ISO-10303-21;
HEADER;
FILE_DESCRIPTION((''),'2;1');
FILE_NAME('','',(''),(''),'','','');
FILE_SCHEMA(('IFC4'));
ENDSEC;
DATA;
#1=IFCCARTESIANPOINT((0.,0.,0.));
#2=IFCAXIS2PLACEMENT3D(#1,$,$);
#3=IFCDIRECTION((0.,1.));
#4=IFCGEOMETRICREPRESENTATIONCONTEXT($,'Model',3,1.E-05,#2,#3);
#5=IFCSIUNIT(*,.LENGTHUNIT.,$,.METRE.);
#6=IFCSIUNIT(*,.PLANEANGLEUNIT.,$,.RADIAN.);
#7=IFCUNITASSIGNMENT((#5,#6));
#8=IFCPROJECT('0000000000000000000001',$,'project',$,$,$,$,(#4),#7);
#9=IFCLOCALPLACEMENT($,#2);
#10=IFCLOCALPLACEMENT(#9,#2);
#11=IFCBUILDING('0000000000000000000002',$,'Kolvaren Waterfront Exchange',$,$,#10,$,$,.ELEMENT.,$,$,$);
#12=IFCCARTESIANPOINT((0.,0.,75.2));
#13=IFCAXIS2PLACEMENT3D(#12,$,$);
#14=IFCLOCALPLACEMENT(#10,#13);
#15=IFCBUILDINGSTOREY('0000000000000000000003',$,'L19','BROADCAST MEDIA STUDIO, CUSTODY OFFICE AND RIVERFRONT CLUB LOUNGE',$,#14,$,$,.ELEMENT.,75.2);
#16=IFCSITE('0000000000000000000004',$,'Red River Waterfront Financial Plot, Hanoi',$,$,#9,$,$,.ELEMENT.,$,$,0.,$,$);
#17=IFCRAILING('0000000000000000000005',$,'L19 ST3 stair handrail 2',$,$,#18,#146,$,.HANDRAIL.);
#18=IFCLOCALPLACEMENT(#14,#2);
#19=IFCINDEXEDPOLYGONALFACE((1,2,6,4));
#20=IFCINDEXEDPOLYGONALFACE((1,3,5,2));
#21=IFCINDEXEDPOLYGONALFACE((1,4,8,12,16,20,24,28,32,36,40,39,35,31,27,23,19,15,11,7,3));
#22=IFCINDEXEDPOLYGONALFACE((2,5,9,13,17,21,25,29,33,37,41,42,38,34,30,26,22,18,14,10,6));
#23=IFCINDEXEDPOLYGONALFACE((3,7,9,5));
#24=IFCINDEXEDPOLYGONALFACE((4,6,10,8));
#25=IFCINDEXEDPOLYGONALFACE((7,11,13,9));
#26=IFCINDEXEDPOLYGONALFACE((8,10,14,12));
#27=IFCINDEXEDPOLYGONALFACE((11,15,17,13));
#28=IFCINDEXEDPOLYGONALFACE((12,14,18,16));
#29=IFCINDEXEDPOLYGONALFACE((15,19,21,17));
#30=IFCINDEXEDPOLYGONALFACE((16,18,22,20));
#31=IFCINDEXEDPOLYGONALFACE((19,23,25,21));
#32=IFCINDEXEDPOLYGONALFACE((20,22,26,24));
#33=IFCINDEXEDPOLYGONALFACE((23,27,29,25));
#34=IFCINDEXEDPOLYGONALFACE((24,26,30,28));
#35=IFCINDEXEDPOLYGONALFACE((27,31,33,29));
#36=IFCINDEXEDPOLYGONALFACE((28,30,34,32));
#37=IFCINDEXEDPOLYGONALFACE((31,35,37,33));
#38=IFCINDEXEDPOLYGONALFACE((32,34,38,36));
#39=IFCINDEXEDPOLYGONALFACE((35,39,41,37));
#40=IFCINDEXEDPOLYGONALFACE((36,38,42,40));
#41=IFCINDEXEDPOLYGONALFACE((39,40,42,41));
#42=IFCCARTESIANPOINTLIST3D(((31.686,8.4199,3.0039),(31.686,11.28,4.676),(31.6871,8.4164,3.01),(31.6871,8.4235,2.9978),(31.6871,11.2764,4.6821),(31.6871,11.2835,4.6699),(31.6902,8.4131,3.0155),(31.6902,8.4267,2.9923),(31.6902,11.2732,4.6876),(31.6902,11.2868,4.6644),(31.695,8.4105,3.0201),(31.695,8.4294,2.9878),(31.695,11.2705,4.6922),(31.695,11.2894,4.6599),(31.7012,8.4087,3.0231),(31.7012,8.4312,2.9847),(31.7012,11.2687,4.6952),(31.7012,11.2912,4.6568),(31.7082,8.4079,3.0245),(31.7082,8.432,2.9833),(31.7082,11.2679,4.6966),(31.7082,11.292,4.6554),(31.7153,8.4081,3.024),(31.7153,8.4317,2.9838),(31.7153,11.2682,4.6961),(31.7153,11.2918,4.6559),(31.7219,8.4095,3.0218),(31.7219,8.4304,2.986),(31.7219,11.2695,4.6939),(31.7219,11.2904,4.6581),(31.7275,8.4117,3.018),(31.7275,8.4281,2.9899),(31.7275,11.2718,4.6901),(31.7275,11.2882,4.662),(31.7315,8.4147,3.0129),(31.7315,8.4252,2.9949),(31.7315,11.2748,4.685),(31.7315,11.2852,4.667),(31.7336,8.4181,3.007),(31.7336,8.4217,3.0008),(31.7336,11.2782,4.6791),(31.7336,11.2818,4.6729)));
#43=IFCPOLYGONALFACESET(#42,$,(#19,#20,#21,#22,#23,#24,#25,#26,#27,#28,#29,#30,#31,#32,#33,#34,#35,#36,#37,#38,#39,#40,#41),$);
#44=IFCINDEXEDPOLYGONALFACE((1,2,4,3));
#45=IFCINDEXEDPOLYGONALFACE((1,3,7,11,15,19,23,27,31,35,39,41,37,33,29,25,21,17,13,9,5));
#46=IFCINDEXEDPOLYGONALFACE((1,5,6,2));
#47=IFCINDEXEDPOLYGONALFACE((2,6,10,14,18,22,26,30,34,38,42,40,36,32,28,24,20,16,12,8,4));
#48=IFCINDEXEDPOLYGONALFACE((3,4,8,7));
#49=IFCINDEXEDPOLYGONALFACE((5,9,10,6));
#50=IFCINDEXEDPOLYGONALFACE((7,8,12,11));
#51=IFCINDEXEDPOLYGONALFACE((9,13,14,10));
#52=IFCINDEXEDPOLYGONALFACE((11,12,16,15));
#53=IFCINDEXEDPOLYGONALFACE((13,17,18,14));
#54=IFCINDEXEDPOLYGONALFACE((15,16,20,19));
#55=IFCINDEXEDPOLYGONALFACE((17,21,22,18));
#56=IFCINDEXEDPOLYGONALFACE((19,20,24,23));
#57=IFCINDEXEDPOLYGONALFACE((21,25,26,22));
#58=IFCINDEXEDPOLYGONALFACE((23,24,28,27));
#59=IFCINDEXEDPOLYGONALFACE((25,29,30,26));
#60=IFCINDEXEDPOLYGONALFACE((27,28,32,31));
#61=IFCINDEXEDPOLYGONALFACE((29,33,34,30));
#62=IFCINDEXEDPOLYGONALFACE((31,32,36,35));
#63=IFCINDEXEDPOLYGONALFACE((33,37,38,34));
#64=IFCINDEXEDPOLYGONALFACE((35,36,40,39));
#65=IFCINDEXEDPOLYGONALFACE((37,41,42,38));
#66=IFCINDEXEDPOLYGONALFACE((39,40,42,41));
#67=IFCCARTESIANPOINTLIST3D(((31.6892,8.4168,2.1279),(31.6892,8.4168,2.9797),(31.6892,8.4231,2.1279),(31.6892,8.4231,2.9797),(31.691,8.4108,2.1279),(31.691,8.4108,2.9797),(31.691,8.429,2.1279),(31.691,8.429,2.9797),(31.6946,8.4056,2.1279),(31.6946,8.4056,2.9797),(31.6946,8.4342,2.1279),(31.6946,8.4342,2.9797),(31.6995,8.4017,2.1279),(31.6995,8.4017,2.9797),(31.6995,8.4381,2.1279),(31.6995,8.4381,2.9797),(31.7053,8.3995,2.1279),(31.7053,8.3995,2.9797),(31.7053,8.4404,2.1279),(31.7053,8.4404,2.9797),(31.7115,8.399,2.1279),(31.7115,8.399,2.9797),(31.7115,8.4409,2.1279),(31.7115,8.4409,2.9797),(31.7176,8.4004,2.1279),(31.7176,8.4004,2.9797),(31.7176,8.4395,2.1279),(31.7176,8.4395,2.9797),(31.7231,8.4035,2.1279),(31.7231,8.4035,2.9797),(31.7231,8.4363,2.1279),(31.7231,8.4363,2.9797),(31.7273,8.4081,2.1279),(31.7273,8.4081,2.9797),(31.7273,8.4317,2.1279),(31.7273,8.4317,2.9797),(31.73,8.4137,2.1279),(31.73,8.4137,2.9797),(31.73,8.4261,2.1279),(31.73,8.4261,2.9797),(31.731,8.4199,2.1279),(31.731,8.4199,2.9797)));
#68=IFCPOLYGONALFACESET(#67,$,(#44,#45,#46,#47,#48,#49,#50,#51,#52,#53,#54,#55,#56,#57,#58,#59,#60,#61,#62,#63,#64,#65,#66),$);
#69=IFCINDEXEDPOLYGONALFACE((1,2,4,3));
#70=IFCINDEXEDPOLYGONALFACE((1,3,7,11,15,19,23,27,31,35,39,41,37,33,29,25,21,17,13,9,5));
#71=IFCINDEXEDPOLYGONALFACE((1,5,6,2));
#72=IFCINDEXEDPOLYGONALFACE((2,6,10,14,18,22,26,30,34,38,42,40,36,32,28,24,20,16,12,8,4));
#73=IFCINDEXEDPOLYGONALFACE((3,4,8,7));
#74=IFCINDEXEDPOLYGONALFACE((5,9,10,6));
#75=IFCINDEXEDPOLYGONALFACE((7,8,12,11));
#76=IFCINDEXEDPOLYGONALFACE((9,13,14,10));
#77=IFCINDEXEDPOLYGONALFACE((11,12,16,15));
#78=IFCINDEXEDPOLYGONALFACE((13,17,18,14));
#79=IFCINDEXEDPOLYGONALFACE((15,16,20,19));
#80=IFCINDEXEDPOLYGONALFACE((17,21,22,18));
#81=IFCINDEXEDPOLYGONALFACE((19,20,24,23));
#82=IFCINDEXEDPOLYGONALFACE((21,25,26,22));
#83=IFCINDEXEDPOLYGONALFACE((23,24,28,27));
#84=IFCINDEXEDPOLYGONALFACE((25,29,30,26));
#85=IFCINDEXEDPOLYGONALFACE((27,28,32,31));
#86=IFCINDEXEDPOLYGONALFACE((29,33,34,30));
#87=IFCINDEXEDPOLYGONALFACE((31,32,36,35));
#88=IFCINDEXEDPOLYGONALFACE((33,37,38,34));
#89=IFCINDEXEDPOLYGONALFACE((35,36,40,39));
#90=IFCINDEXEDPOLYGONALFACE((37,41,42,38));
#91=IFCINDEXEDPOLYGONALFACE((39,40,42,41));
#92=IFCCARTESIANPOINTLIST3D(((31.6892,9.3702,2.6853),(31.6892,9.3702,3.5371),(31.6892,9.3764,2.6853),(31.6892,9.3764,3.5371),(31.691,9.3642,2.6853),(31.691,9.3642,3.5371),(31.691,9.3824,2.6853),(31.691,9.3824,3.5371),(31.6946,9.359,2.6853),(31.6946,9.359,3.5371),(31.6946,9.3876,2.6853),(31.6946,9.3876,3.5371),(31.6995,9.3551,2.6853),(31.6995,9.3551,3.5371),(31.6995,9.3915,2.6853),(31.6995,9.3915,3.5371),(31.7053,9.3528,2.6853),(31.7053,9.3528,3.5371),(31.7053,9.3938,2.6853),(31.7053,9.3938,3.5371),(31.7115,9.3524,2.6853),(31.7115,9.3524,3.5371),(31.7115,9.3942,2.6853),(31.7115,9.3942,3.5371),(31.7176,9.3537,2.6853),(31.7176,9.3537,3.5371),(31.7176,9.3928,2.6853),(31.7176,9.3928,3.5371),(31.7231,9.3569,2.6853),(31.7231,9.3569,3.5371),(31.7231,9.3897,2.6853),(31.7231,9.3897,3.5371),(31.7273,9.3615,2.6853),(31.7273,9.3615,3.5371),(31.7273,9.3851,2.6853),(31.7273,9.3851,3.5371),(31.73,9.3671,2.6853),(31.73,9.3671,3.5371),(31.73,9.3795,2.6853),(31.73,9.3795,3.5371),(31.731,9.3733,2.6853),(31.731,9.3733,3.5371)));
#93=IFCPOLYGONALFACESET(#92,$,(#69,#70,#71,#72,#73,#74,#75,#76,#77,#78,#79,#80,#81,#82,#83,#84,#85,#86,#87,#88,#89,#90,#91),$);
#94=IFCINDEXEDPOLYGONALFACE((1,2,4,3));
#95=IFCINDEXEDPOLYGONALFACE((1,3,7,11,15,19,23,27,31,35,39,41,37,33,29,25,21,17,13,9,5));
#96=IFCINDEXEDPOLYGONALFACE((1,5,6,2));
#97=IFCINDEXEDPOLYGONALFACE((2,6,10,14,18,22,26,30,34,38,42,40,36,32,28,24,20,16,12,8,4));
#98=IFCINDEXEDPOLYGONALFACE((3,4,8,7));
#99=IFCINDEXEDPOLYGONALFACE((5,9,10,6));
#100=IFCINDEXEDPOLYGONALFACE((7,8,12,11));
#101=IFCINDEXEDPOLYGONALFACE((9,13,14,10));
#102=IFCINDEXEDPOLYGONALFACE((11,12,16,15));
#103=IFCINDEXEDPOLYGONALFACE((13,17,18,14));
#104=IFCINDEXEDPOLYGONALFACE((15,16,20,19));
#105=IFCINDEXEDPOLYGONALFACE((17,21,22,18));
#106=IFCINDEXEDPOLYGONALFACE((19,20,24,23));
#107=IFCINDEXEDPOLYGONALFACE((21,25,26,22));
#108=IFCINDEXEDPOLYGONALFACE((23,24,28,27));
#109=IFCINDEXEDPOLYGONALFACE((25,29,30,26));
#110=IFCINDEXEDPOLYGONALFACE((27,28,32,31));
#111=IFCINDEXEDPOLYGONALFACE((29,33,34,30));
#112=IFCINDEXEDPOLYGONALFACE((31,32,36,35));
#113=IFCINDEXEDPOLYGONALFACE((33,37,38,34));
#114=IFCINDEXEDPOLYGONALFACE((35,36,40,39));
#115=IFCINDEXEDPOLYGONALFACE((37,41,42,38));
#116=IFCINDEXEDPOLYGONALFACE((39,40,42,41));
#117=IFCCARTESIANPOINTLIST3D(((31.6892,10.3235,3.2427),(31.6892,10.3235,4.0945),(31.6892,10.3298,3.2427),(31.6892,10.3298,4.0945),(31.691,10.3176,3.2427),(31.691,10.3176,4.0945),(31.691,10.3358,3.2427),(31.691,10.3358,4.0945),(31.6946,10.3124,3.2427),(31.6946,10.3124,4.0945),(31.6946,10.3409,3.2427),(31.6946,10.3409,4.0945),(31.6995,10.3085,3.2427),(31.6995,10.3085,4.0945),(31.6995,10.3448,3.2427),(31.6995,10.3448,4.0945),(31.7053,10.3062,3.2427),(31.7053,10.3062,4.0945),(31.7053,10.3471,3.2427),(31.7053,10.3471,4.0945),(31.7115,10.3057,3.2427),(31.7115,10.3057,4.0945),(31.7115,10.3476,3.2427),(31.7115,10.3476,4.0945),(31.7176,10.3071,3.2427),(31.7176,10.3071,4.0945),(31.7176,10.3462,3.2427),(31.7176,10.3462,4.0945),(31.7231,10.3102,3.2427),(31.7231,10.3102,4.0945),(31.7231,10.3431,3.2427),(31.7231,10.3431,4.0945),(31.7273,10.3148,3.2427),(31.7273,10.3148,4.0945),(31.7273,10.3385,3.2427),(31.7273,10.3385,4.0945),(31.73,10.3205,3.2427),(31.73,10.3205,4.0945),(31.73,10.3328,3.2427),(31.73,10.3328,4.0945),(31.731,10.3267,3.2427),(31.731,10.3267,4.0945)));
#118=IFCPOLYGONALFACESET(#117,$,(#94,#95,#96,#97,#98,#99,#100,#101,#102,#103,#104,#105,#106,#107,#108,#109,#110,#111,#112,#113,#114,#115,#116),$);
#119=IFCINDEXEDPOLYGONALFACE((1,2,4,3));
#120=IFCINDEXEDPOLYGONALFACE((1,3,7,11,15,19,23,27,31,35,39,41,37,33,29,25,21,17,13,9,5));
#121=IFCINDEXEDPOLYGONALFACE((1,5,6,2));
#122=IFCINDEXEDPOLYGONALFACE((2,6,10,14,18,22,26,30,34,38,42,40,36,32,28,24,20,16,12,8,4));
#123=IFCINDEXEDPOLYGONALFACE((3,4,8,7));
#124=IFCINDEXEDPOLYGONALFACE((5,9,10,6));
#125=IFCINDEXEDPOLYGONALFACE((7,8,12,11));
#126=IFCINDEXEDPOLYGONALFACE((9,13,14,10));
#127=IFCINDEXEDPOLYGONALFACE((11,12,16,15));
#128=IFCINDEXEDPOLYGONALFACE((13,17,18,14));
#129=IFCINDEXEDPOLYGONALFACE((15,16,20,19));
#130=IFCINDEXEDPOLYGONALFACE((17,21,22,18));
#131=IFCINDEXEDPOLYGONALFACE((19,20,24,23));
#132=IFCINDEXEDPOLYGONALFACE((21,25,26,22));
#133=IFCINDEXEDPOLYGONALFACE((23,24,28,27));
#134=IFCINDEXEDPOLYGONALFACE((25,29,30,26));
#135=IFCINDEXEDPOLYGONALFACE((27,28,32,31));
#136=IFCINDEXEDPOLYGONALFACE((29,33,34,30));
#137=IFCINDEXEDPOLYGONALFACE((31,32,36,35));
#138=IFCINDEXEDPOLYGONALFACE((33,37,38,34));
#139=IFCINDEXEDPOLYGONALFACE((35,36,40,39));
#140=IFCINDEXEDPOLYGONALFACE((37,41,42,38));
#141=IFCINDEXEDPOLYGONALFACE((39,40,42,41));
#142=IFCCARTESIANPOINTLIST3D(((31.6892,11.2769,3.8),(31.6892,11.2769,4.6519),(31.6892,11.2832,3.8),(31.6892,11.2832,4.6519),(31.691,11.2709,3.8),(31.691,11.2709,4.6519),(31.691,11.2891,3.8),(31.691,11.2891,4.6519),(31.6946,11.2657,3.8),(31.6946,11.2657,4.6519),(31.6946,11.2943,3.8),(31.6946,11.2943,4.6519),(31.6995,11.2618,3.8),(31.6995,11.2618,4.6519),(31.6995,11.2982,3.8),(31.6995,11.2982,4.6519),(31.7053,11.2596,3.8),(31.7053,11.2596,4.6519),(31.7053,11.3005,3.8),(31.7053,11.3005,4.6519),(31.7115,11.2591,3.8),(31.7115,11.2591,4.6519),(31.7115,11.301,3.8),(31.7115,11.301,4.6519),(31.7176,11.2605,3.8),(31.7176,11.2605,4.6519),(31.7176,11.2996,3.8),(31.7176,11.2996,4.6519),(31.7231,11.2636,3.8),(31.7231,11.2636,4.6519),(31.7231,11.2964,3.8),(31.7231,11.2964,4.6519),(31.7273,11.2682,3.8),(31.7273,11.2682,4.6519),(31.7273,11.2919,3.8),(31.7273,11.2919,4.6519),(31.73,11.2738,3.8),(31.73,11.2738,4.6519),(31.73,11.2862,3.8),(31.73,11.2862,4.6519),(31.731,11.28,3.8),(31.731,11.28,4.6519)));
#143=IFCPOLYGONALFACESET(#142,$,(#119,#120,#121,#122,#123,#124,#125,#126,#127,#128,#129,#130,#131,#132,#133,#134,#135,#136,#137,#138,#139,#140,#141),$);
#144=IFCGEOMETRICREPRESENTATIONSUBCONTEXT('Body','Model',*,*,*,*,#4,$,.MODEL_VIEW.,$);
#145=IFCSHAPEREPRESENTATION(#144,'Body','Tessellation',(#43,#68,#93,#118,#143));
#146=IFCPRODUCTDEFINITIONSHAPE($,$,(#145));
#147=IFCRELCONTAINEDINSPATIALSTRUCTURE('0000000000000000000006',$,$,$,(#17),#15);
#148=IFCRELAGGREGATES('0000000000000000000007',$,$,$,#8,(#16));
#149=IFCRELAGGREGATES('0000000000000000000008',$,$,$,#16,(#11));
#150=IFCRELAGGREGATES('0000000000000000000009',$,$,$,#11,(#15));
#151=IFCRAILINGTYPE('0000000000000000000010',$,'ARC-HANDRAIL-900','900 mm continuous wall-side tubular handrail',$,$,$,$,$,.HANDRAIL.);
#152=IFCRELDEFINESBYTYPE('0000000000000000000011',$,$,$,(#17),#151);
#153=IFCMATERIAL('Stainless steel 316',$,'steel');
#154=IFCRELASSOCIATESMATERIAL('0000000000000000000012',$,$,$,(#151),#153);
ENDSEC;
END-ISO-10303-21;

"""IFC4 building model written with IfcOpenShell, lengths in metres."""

from ifc_helpers import new_model, si_unit, direction, frame, origin, origin_2d, place, context, subcontext, project, spatial, circle, extrude, material, type_object, element, save


model = new_model("IFC4")

# Units and contexts
model_context = context("Model", 3, precision=1e-05, world=origin(), true_north=direction((0.0, 1.0)))
body_context = subcontext(model_context, "Body", "Model", "MODEL_VIEW")
ifc_project = project(units=[si_unit("LENGTHUNIT", "METRE"), si_unit("PLANEANGLEUNIT", "RADIAN")], contexts=[model_context])

# Site, building, storey
site_placement = place(None, origin())
site = spatial("IfcSite", under=ifc_project, at=site_placement, Name="Red River Waterfront Financial Plot, Hanoi", CompositionType="ELEMENT", RefElevation=0.0)
building_placement = place(site_placement, origin())
building = spatial("IfcBuilding", under=site, at=building_placement, Name="Kolvaren Waterfront Exchange", CompositionType="ELEMENT")
storey_placement = place(building_placement, frame((0.0, 0.0, 75.2)))
storey = spatial("IfcBuildingStorey", under=building, at=storey_placement, Name="L19", Description="BROADCAST MEDIA STUDIO, CUSTODY OFFICE AND RIVERFRONT CLUB LOUNGE", CompositionType="ELEMENT", Elevation=75.2)

# Railing
ifc_material_1 = material(Name="Stainless steel 316", Category="steel")
railing_type = type_object("IfcRailingType", Name="ARC-HANDRAIL-900", Description="900 mm continuous wall-side tubular handrail", PredefinedType="HANDRAIL", material=ifc_material_1)
railing_placement = place(storey_placement, frame((31.71, 8.4199, 2.1279)))
element("IfcRailing", 1, at=railing_placement, inside=storey, type_object=railing_type, Name="L19 ST3 stair handrail 2", PredefinedType="HANDRAIL", context=body_context, shape_type="SweptSolid", body=[
    extrude(circle(Radius=0.0239, at=origin_2d()), frame((0.0, 0.0, 0.876), z_axis=(0.0, 0.863289, 0.504709), x_axis=(-1.0, 0.0, 0.0)), (0.0, 0.0, 1.0), 3.313),
    extrude(circle(Radius=0.021, at=origin_2d()), origin(), (0.0, 0.0, 1.0), 0.8518),
    extrude(circle(Radius=0.021, at=origin_2d()), frame((0.0, 0.9534, 0.5574)), (0.0, 0.0, 1.0), 0.8518),
    extrude(circle(Radius=0.021, at=origin_2d()), frame((0.0, 1.9067, 1.1147)), (0.0, 0.0, 1.0), 0.8518),
    extrude(circle(Radius=0.021, at=origin_2d()), frame((0.0, 2.8601, 1.6721)), (0.0, 0.0, 1.0), 0.8518),
])

save(model, "model.ifc")
